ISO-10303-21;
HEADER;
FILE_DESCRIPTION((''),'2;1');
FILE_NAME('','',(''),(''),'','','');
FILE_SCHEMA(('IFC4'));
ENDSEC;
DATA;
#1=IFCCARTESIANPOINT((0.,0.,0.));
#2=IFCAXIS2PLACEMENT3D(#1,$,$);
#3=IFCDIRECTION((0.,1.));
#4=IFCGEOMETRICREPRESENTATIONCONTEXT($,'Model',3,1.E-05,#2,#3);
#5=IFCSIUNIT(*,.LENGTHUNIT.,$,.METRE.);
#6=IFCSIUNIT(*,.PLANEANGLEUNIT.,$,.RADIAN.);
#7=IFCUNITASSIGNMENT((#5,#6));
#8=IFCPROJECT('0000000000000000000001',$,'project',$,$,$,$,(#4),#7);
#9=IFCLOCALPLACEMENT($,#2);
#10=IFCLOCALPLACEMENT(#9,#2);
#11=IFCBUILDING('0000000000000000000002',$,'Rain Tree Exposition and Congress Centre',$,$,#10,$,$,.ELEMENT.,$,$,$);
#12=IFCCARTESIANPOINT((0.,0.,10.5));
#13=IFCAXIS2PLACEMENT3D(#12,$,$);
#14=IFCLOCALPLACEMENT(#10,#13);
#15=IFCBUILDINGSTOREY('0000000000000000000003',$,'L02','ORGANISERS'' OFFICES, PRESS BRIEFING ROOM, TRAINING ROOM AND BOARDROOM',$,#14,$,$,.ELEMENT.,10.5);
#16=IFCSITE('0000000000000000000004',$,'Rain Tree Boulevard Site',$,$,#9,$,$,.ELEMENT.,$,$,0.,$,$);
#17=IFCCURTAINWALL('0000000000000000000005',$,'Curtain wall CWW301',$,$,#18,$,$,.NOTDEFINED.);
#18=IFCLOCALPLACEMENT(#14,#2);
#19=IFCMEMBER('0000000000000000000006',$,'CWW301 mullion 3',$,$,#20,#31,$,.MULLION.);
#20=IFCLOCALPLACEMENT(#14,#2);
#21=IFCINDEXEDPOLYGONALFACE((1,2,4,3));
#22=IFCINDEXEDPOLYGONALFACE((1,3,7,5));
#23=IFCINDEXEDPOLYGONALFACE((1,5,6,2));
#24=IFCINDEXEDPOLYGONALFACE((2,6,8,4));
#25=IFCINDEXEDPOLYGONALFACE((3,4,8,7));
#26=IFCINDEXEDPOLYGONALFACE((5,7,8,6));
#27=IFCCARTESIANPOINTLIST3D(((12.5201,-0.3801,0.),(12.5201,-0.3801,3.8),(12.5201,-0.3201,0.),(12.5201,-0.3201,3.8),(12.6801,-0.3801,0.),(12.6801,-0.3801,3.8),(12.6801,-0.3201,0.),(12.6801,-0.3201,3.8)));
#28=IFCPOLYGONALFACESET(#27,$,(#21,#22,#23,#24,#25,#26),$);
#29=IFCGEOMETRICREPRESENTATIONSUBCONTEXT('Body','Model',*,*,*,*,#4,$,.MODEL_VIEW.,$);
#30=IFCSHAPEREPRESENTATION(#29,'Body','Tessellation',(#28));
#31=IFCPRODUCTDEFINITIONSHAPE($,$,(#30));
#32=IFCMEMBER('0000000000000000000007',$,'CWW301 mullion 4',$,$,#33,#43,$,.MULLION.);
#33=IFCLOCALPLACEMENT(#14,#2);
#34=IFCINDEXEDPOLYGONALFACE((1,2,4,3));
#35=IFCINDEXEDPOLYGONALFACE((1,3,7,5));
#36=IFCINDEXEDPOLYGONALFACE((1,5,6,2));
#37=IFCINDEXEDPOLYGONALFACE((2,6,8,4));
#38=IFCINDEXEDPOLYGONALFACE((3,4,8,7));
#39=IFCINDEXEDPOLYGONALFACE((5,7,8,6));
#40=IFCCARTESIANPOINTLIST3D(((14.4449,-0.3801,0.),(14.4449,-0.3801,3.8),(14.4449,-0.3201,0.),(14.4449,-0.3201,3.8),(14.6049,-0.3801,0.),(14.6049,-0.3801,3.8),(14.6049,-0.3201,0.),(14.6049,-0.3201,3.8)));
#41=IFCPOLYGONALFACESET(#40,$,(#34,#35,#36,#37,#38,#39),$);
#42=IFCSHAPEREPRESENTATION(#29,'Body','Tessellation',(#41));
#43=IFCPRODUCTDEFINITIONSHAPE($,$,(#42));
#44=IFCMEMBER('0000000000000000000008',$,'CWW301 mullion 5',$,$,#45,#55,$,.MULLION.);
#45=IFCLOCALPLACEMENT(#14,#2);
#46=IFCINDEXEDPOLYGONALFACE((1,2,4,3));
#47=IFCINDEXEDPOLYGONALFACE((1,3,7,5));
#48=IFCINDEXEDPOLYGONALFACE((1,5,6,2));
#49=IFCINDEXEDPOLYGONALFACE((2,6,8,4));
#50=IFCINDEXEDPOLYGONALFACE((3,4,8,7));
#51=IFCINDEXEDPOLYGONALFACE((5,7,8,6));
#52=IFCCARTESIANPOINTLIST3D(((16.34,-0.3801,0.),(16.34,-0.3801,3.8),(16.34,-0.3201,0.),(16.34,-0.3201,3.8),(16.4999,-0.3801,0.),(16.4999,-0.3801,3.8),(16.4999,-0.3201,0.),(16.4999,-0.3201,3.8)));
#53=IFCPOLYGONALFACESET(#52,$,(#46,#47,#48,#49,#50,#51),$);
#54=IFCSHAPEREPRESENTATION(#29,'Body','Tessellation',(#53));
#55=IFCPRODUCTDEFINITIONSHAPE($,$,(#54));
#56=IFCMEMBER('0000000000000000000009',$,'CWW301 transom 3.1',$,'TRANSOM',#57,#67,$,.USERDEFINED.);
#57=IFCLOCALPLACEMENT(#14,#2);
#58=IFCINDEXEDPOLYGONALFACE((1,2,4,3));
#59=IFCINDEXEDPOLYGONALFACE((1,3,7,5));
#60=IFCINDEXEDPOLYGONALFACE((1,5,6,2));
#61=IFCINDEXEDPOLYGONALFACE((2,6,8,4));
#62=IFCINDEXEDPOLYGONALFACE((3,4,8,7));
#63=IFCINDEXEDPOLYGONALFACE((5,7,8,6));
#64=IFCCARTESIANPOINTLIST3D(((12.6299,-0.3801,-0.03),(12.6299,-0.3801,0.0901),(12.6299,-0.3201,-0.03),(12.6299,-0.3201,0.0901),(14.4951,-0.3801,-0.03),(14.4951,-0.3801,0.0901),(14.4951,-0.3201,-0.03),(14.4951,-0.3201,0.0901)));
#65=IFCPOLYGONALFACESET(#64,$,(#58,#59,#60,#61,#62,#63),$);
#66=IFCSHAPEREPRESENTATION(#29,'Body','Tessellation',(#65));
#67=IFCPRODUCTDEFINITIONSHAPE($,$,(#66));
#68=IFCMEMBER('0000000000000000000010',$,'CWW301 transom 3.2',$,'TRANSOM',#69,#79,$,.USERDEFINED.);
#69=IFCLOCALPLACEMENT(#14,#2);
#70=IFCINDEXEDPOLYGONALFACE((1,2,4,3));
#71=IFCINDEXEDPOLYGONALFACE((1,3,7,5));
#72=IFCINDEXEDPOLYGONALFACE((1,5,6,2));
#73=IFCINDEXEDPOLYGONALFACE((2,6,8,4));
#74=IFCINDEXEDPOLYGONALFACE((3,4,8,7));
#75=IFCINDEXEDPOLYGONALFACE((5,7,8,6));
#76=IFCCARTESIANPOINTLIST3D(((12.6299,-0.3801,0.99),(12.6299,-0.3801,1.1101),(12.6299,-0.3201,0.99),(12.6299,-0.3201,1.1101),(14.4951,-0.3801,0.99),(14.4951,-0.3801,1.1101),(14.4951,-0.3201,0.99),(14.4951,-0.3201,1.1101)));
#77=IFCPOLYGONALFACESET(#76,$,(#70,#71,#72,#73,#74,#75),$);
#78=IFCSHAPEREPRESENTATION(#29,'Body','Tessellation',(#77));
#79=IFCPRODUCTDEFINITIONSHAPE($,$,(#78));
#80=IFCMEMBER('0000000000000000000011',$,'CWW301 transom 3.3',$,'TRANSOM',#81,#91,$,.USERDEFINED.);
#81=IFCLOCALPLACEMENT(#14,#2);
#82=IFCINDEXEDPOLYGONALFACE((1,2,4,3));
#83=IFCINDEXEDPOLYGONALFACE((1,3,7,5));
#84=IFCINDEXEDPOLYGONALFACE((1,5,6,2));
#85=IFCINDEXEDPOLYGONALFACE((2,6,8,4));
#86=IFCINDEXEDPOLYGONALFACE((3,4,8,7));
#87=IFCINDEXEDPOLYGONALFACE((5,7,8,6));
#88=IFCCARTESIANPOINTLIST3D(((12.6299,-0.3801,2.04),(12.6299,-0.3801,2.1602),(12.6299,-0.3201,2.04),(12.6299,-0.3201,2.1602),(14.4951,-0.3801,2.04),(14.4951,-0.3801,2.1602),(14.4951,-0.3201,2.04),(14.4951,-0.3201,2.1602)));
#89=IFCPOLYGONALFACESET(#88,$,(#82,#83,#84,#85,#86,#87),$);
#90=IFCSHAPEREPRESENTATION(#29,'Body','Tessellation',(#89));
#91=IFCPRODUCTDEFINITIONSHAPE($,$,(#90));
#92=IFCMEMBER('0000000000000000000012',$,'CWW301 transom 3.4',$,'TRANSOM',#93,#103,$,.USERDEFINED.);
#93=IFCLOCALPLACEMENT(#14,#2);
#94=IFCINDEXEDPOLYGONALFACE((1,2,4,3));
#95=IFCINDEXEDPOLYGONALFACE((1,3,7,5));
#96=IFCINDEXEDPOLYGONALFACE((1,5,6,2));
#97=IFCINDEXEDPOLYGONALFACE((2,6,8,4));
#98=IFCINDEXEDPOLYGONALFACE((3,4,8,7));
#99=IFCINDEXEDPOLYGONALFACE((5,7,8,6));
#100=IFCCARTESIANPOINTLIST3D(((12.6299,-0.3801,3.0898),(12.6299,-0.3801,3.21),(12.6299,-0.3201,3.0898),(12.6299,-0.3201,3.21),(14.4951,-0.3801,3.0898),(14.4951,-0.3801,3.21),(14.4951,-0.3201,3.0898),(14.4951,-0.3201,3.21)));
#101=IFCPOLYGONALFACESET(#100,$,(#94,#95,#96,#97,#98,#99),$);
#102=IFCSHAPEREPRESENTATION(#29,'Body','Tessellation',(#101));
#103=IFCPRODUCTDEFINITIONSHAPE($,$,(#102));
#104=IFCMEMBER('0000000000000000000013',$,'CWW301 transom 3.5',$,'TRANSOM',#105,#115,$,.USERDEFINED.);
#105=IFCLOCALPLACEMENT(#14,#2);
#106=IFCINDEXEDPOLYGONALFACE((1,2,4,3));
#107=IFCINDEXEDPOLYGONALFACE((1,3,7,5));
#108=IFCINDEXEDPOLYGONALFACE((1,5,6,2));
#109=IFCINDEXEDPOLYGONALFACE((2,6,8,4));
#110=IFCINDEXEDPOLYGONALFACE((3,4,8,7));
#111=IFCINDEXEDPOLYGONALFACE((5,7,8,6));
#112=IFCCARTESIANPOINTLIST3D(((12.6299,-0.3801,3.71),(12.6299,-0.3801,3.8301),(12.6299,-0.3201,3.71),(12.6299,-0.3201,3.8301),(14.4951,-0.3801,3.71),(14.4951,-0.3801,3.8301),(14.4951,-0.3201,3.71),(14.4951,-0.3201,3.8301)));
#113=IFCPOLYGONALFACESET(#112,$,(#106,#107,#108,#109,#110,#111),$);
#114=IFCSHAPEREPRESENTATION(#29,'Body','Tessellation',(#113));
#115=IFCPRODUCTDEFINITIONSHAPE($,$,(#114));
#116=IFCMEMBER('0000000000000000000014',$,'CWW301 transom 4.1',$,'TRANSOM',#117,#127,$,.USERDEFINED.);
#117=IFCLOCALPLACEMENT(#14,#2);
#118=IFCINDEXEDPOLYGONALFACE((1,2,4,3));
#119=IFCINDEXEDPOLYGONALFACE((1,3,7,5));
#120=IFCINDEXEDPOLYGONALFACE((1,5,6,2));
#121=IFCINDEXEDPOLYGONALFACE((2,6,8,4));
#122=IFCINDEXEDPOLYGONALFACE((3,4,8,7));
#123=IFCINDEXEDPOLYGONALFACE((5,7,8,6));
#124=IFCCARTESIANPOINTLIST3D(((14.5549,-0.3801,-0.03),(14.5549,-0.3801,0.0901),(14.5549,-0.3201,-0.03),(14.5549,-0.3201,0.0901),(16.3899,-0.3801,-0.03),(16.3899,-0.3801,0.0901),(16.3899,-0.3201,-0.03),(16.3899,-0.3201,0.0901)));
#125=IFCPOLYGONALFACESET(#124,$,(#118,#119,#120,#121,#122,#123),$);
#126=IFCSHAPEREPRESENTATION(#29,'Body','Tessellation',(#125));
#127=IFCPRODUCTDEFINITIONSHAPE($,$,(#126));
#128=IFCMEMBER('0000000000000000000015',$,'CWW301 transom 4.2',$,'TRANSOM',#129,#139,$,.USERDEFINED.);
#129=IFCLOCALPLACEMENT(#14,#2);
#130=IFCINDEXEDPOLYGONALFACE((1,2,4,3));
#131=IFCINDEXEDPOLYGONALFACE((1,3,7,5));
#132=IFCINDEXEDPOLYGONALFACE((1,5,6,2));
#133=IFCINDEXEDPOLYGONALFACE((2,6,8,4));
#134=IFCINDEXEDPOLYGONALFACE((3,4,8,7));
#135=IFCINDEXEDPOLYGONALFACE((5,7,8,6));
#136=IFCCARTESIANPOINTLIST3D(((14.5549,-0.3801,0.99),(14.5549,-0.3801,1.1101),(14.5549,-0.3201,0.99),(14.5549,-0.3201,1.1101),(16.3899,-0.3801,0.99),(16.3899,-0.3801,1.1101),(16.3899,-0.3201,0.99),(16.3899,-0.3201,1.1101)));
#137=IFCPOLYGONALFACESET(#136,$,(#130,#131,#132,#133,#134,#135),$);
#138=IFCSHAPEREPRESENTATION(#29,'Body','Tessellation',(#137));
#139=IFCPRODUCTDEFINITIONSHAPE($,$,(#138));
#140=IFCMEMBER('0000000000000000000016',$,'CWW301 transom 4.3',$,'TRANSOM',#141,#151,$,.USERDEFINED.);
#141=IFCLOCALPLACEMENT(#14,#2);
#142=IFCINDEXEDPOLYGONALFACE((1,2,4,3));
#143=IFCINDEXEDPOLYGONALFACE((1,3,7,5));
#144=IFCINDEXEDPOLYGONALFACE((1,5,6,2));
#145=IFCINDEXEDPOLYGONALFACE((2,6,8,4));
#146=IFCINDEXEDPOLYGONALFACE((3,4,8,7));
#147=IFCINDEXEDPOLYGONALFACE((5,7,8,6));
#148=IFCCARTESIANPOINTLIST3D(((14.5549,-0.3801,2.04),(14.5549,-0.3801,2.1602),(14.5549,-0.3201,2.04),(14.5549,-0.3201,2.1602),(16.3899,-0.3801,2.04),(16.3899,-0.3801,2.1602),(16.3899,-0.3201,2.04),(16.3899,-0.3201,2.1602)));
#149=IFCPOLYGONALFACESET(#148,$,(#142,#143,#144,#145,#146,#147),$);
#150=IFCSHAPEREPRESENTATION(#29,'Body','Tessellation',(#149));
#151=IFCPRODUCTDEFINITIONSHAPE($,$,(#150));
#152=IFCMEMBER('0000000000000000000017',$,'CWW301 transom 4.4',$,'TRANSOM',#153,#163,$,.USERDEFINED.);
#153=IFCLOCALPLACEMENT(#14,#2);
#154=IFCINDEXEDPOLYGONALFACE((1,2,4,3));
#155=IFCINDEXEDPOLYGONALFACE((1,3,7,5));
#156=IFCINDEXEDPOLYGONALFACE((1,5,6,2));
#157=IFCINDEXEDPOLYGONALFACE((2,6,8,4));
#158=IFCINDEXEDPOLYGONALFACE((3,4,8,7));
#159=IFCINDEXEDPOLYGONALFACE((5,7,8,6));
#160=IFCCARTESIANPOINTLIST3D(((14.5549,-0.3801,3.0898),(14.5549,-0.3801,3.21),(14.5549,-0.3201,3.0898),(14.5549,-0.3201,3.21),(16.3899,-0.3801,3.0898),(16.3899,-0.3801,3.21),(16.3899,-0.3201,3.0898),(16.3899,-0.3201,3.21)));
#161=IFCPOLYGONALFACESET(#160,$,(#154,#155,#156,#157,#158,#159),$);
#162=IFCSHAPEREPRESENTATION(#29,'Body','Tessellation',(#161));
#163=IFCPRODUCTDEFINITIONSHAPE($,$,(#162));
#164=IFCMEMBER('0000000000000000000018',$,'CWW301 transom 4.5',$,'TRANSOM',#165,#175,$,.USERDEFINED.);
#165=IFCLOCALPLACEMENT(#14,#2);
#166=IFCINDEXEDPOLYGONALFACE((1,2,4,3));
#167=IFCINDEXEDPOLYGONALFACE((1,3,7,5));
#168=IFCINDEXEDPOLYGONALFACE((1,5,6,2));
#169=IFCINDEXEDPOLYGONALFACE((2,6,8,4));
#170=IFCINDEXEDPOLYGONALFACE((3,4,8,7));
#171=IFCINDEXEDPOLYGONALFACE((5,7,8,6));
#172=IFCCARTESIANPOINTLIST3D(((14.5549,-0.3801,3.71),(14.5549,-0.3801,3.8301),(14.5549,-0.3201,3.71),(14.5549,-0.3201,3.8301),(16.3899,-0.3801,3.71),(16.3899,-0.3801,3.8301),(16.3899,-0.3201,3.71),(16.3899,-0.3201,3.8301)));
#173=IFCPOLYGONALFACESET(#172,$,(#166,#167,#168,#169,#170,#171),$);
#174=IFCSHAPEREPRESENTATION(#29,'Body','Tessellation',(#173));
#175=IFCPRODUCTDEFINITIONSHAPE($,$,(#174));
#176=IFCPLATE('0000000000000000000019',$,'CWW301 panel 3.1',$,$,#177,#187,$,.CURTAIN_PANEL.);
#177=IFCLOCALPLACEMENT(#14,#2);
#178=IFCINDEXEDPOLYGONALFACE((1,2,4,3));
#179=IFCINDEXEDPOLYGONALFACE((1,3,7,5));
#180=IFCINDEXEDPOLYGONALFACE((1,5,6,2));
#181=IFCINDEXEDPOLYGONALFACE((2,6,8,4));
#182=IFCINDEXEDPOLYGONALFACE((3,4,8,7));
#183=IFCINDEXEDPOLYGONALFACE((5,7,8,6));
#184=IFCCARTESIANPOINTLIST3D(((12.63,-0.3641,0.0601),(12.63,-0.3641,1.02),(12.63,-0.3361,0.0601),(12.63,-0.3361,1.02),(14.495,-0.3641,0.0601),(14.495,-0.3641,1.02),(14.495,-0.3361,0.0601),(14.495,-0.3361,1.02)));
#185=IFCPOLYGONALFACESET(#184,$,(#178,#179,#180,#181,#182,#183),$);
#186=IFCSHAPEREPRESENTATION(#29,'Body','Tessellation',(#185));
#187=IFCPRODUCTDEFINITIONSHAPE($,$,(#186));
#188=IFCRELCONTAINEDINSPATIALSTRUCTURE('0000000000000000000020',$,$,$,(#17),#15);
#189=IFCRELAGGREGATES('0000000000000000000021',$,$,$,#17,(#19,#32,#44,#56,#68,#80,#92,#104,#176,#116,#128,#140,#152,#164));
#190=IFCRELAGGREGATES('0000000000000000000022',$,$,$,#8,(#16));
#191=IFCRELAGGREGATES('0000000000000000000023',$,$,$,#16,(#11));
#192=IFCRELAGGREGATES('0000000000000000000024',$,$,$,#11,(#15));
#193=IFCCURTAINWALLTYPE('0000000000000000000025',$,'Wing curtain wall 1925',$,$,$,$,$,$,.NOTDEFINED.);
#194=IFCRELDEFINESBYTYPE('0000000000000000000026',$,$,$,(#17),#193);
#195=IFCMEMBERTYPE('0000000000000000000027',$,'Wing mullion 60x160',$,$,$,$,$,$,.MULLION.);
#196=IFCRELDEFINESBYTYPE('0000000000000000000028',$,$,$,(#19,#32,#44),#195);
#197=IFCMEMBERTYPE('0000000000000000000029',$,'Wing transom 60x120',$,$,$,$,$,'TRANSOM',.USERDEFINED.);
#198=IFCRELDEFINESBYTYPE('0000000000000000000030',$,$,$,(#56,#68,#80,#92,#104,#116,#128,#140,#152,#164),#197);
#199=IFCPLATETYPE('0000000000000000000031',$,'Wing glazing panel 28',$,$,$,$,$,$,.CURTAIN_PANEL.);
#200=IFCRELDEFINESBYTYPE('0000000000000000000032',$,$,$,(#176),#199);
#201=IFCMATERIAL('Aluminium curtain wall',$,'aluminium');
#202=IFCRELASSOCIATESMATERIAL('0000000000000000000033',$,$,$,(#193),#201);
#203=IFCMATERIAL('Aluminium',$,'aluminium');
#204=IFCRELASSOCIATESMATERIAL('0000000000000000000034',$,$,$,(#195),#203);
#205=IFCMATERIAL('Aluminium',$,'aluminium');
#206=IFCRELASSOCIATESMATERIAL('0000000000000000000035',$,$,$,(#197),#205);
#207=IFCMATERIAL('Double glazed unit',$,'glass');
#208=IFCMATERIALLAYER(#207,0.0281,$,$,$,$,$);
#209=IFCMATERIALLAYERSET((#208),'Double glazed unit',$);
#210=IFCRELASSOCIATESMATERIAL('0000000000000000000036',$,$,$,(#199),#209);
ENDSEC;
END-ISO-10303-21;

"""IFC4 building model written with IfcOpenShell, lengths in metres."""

from ifc_helpers import new_model, si_unit, direction, frame, origin, origin_2d, place, context, subcontext, project, spatial, rectangle, extrude, material, layer, layer_set, material_profile, profile_set, type_object, element, aggregate, save


model = new_model("IFC4")

# Units and contexts
model_context = context("Model", 3, precision=1e-05, world=origin(), true_north=direction((0.0, 1.0)))
body_context = subcontext(model_context, "Body", "Model", "MODEL_VIEW")
ifc_project = project(units=[si_unit("LENGTHUNIT", "METRE"), si_unit("PLANEANGLEUNIT", "RADIAN")], contexts=[model_context])

# Site, building, storey
site_placement = place(None, origin())
site = spatial("IfcSite", under=ifc_project, at=site_placement, Name="Rain Tree Boulevard Site", CompositionType="ELEMENT", RefElevation=0.0)
building_placement = place(site_placement, origin())
building = spatial("IfcBuilding", under=site, at=building_placement, Name="Rain Tree Exposition and Congress Centre", CompositionType="ELEMENT")
storey_placement = place(building_placement, frame((0.0, 0.0, 10.5)))
storey = spatial("IfcBuildingStorey", under=building, at=storey_placement, Name="L02", Description="ORGANISERS' OFFICES, PRESS BRIEFING ROOM, TRAINING ROOM AND BOARDROOM", CompositionType="ELEMENT", Elevation=10.5)

# Curtain wall, members, plate
ifc_material_1 = material(Name="Aluminium curtain wall", Category="aluminium")
curtain_wall_type = type_object("IfcCurtainWallType", Name="Wing curtain wall 1925", PredefinedType="NOTDEFINED", material=ifc_material_1)
curtain_wall_placement = place(storey_placement, origin())
curtain_wall = element("IfcCurtainWall", 1, at=curtain_wall_placement, inside=storey, type_object=curtain_wall_type, Name="Curtain wall CWW301", PredefinedType="NOTDEFINED")
ifc_material_2 = material(Name="Aluminium", Category="aluminium")
ifc_material_profile_1 = material_profile(ifc_material_2, rectangle(XDim=0.0601, YDim=0.1599, at=origin_2d()), Name="Aluminium 60x160")
ifc_profile_set_1 = profile_set([ifc_material_profile_1], Name="Aluminium")
member_type_1 = type_object("IfcMemberType", Name="Wing mullion 60x160", PredefinedType="MULLION", material=ifc_profile_set_1)
member_1_placement = place(storey_placement, frame((12.6001, -0.3501, 0.0), z_axis=(0.0, 0.0, 1.0), x_axis=(0.0, 1.0, 0.0)))
member_1 = element("IfcMember", 2, at=member_1_placement, type_object=member_type_1, Name="CWW301 mullion 3", PredefinedType="MULLION", context=body_context, shape_type="SweptSolid", body=[
    extrude(rectangle(XDim=0.0601, YDim=0.1599, at=origin_2d()), origin(), (0.0, 0.0, 1.0), 3.8),
])
member_2_placement = place(storey_placement, frame((14.5249, -0.3501, 0.0), z_axis=(0.0, 0.0, 1.0), x_axis=(0.0, 1.0, 0.0)))
member_2 = element("IfcMember", 3, at=member_2_placement, type_object=member_type_1, Name="CWW301 mullion 4", PredefinedType="MULLION", context=body_context, shape_type="SweptSolid", body=[
    extrude(rectangle(XDim=0.0601, YDim=0.1599, at=origin_2d()), origin(), (0.0, 0.0, 1.0), 3.8),
])
member_3_placement = place(storey_placement, frame((16.4199, -0.3501, 0.0), z_axis=(0.0, 0.0, 1.0), x_axis=(0.0, 1.0, 0.0)))
member_3 = element("IfcMember", 4, at=member_3_placement, type_object=member_type_1, Name="CWW301 mullion 5", PredefinedType="MULLION", context=body_context, shape_type="SweptSolid", body=[
    extrude(rectangle(XDim=0.0601, YDim=0.1599, at=origin_2d()), origin(), (0.0, 0.0, 1.0), 3.8),
])
ifc_material_3 = material(Name="Aluminium", Category="aluminium")
ifc_material_profile_2 = material_profile(ifc_material_3, rectangle(XDim=0.0601, YDim=0.1201, at=origin_2d()), Name="Aluminium 60x120")
ifc_profile_set_2 = profile_set([ifc_material_profile_2], Name="Aluminium")
member_type_2 = type_object("IfcMemberType", Name="Wing transom 60x120", ElementType="TRANSOM", PredefinedType="USERDEFINED", material=ifc_profile_set_2)
member_4_placement = place(storey_placement, frame((12.6299, -0.3501, 0.03), z_axis=(1.0, 0.0, 0.0), x_axis=(0.0, 1.0, 0.0)))
member_4 = element("IfcMember", 5, at=member_4_placement, type_object=member_type_2, Name="CWW301 transom 3.1", ObjectType="TRANSOM", PredefinedType="USERDEFINED", context=body_context, shape_type="SweptSolid", body=[
    extrude(rectangle(XDim=0.0601, YDim=0.1201, at=origin_2d()), origin(), (0.0, 0.0, 1.0), 1.8652),
])
member_5_placement = place(storey_placement, frame((12.6299, -0.3501, 1.05), z_axis=(1.0, 0.0, 0.0), x_axis=(0.0, 1.0, 0.0)))
member_5 = element("IfcMember", 6, at=member_5_placement, type_object=member_type_2, Name="CWW301 transom 3.2", ObjectType="TRANSOM", PredefinedType="USERDEFINED", context=body_context, shape_type="SweptSolid", body=[
    extrude(rectangle(XDim=0.0601, YDim=0.1201, at=origin_2d()), origin(), (0.0, 0.0, 1.0), 1.8652),
])
member_6_placement = place(storey_placement, frame((12.6299, -0.3501, 2.1001), z_axis=(1.0, 0.0, 0.0), x_axis=(0.0, 1.0, 0.0)))
member_6 = element("IfcMember", 7, at=member_6_placement, type_object=member_type_2, Name="CWW301 transom 3.3", ObjectType="TRANSOM", PredefinedType="USERDEFINED", context=body_context, shape_type="SweptSolid", body=[
    extrude(rectangle(XDim=0.0601, YDim=0.1201, at=origin_2d()), origin(), (0.0, 0.0, 1.0), 1.8652),
])
member_7_placement = place(storey_placement, frame((12.6299, -0.3501, 3.1499), z_axis=(1.0, 0.0, 0.0), x_axis=(0.0, 1.0, 0.0)))
member_7 = element("IfcMember", 8, at=member_7_placement, type_object=member_type_2, Name="CWW301 transom 3.4", ObjectType="TRANSOM", PredefinedType="USERDEFINED", context=body_context, shape_type="SweptSolid", body=[
    extrude(rectangle(XDim=0.0601, YDim=0.1201, at=origin_2d()), origin(), (0.0, 0.0, 1.0), 1.8652),
])
member_8_placement = place(storey_placement, frame((12.6299, -0.3501, 3.77), z_axis=(1.0, 0.0, 0.0), x_axis=(0.0, 1.0, 0.0)))
member_8 = element("IfcMember", 9, at=member_8_placement, type_object=member_type_2, Name="CWW301 transom 3.5", ObjectType="TRANSOM", PredefinedType="USERDEFINED", context=body_context, shape_type="SweptSolid", body=[
    extrude(rectangle(XDim=0.0601, YDim=0.1201, at=origin_2d()), origin(), (0.0, 0.0, 1.0), 1.8652),
])
member_9_placement = place(storey_placement, frame((14.5549, -0.3501, 0.03), z_axis=(1.0, 0.0, 0.0), x_axis=(0.0, 1.0, 0.0)))
member_9 = element("IfcMember", 10, at=member_9_placement, type_object=member_type_2, Name="CWW301 transom 4.1", ObjectType="TRANSOM", PredefinedType="USERDEFINED", context=body_context, shape_type="SweptSolid", body=[
    extrude(rectangle(XDim=0.0601, YDim=0.1201, at=origin_2d()), origin(), (0.0, 0.0, 1.0), 1.835),
])
member_10_placement = place(storey_placement, frame((14.5549, -0.3501, 1.05), z_axis=(1.0, 0.0, 0.0), x_axis=(0.0, 1.0, 0.0)))
member_10 = element("IfcMember", 11, at=member_10_placement, type_object=member_type_2, Name="CWW301 transom 4.2", ObjectType="TRANSOM", PredefinedType="USERDEFINED", context=body_context, shape_type="SweptSolid", body=[
    extrude(rectangle(XDim=0.0601, YDim=0.1201, at=origin_2d()), origin(), (0.0, 0.0, 1.0), 1.835),
])
member_11_placement = place(storey_placement, frame((14.5549, -0.3501, 2.1001), z_axis=(1.0, 0.0, 0.0), x_axis=(0.0, 1.0, 0.0)))
member_11 = element("IfcMember", 12, at=member_11_placement, type_object=member_type_2, Name="CWW301 transom 4.3", ObjectType="TRANSOM", PredefinedType="USERDEFINED", context=body_context, shape_type="SweptSolid", body=[
    extrude(rectangle(XDim=0.0601, YDim=0.1201, at=origin_2d()), origin(), (0.0, 0.0, 1.0), 1.835),
])
member_12_placement = place(storey_placement, frame((14.5549, -0.3501, 3.1499), z_axis=(1.0, 0.0, 0.0), x_axis=(0.0, 1.0, 0.0)))
member_12 = element("IfcMember", 13, at=member_12_placement, type_object=member_type_2, Name="CWW301 transom 4.4", ObjectType="TRANSOM", PredefinedType="USERDEFINED", context=body_context, shape_type="SweptSolid", body=[
    extrude(rectangle(XDim=0.0601, YDim=0.1201, at=origin_2d()), origin(), (0.0, 0.0, 1.0), 1.835),
])
member_13_placement = place(storey_placement, frame((14.5549, -0.3501, 3.77), z_axis=(1.0, 0.0, 0.0), x_axis=(0.0, 1.0, 0.0)))
member_13 = element("IfcMember", 14, at=member_13_placement, type_object=member_type_2, Name="CWW301 transom 4.5", ObjectType="TRANSOM", PredefinedType="USERDEFINED", context=body_context, shape_type="SweptSolid", body=[
    extrude(rectangle(XDim=0.0601, YDim=0.1201, at=origin_2d()), origin(), (0.0, 0.0, 1.0), 1.835),
])
ifc_material_4 = material(Name="Double glazed unit", Category="glass")
ifc_layer_1 = layer(ifc_material_4, 0.0281)
ifc_layer_set_1 = layer_set([ifc_layer_1], Name="Double glazed unit")
plate_type = type_object("IfcPlateType", Name="Wing glazing panel 28", PredefinedType="CURTAIN_PANEL", material=ifc_layer_set_1)
plate_1_placement = place(storey_placement, frame((13.5625, -0.3501, 0.0601), z_axis=(0.0, 0.0, 1.0), x_axis=(1.0, 0.0, 0.0)))
plate_1 = element("IfcPlate", 15, at=plate_1_placement, type_object=plate_type, Name="CWW301 panel 3.1", PredefinedType="CURTAIN_PANEL", context=body_context, shape_type="SweptSolid", body=[
    extrude(rectangle(XDim=1.865, YDim=0.0281, at=origin_2d()), origin(), (0.0, 0.0, 1.0), 0.96),
])
aggregate(curtain_wall, [member_1, member_2, member_3, member_4, member_5, member_6, member_7, member_8, plate_1, member_9, member_10, member_11, member_12, member_13])

save(model, "model.ifc")
